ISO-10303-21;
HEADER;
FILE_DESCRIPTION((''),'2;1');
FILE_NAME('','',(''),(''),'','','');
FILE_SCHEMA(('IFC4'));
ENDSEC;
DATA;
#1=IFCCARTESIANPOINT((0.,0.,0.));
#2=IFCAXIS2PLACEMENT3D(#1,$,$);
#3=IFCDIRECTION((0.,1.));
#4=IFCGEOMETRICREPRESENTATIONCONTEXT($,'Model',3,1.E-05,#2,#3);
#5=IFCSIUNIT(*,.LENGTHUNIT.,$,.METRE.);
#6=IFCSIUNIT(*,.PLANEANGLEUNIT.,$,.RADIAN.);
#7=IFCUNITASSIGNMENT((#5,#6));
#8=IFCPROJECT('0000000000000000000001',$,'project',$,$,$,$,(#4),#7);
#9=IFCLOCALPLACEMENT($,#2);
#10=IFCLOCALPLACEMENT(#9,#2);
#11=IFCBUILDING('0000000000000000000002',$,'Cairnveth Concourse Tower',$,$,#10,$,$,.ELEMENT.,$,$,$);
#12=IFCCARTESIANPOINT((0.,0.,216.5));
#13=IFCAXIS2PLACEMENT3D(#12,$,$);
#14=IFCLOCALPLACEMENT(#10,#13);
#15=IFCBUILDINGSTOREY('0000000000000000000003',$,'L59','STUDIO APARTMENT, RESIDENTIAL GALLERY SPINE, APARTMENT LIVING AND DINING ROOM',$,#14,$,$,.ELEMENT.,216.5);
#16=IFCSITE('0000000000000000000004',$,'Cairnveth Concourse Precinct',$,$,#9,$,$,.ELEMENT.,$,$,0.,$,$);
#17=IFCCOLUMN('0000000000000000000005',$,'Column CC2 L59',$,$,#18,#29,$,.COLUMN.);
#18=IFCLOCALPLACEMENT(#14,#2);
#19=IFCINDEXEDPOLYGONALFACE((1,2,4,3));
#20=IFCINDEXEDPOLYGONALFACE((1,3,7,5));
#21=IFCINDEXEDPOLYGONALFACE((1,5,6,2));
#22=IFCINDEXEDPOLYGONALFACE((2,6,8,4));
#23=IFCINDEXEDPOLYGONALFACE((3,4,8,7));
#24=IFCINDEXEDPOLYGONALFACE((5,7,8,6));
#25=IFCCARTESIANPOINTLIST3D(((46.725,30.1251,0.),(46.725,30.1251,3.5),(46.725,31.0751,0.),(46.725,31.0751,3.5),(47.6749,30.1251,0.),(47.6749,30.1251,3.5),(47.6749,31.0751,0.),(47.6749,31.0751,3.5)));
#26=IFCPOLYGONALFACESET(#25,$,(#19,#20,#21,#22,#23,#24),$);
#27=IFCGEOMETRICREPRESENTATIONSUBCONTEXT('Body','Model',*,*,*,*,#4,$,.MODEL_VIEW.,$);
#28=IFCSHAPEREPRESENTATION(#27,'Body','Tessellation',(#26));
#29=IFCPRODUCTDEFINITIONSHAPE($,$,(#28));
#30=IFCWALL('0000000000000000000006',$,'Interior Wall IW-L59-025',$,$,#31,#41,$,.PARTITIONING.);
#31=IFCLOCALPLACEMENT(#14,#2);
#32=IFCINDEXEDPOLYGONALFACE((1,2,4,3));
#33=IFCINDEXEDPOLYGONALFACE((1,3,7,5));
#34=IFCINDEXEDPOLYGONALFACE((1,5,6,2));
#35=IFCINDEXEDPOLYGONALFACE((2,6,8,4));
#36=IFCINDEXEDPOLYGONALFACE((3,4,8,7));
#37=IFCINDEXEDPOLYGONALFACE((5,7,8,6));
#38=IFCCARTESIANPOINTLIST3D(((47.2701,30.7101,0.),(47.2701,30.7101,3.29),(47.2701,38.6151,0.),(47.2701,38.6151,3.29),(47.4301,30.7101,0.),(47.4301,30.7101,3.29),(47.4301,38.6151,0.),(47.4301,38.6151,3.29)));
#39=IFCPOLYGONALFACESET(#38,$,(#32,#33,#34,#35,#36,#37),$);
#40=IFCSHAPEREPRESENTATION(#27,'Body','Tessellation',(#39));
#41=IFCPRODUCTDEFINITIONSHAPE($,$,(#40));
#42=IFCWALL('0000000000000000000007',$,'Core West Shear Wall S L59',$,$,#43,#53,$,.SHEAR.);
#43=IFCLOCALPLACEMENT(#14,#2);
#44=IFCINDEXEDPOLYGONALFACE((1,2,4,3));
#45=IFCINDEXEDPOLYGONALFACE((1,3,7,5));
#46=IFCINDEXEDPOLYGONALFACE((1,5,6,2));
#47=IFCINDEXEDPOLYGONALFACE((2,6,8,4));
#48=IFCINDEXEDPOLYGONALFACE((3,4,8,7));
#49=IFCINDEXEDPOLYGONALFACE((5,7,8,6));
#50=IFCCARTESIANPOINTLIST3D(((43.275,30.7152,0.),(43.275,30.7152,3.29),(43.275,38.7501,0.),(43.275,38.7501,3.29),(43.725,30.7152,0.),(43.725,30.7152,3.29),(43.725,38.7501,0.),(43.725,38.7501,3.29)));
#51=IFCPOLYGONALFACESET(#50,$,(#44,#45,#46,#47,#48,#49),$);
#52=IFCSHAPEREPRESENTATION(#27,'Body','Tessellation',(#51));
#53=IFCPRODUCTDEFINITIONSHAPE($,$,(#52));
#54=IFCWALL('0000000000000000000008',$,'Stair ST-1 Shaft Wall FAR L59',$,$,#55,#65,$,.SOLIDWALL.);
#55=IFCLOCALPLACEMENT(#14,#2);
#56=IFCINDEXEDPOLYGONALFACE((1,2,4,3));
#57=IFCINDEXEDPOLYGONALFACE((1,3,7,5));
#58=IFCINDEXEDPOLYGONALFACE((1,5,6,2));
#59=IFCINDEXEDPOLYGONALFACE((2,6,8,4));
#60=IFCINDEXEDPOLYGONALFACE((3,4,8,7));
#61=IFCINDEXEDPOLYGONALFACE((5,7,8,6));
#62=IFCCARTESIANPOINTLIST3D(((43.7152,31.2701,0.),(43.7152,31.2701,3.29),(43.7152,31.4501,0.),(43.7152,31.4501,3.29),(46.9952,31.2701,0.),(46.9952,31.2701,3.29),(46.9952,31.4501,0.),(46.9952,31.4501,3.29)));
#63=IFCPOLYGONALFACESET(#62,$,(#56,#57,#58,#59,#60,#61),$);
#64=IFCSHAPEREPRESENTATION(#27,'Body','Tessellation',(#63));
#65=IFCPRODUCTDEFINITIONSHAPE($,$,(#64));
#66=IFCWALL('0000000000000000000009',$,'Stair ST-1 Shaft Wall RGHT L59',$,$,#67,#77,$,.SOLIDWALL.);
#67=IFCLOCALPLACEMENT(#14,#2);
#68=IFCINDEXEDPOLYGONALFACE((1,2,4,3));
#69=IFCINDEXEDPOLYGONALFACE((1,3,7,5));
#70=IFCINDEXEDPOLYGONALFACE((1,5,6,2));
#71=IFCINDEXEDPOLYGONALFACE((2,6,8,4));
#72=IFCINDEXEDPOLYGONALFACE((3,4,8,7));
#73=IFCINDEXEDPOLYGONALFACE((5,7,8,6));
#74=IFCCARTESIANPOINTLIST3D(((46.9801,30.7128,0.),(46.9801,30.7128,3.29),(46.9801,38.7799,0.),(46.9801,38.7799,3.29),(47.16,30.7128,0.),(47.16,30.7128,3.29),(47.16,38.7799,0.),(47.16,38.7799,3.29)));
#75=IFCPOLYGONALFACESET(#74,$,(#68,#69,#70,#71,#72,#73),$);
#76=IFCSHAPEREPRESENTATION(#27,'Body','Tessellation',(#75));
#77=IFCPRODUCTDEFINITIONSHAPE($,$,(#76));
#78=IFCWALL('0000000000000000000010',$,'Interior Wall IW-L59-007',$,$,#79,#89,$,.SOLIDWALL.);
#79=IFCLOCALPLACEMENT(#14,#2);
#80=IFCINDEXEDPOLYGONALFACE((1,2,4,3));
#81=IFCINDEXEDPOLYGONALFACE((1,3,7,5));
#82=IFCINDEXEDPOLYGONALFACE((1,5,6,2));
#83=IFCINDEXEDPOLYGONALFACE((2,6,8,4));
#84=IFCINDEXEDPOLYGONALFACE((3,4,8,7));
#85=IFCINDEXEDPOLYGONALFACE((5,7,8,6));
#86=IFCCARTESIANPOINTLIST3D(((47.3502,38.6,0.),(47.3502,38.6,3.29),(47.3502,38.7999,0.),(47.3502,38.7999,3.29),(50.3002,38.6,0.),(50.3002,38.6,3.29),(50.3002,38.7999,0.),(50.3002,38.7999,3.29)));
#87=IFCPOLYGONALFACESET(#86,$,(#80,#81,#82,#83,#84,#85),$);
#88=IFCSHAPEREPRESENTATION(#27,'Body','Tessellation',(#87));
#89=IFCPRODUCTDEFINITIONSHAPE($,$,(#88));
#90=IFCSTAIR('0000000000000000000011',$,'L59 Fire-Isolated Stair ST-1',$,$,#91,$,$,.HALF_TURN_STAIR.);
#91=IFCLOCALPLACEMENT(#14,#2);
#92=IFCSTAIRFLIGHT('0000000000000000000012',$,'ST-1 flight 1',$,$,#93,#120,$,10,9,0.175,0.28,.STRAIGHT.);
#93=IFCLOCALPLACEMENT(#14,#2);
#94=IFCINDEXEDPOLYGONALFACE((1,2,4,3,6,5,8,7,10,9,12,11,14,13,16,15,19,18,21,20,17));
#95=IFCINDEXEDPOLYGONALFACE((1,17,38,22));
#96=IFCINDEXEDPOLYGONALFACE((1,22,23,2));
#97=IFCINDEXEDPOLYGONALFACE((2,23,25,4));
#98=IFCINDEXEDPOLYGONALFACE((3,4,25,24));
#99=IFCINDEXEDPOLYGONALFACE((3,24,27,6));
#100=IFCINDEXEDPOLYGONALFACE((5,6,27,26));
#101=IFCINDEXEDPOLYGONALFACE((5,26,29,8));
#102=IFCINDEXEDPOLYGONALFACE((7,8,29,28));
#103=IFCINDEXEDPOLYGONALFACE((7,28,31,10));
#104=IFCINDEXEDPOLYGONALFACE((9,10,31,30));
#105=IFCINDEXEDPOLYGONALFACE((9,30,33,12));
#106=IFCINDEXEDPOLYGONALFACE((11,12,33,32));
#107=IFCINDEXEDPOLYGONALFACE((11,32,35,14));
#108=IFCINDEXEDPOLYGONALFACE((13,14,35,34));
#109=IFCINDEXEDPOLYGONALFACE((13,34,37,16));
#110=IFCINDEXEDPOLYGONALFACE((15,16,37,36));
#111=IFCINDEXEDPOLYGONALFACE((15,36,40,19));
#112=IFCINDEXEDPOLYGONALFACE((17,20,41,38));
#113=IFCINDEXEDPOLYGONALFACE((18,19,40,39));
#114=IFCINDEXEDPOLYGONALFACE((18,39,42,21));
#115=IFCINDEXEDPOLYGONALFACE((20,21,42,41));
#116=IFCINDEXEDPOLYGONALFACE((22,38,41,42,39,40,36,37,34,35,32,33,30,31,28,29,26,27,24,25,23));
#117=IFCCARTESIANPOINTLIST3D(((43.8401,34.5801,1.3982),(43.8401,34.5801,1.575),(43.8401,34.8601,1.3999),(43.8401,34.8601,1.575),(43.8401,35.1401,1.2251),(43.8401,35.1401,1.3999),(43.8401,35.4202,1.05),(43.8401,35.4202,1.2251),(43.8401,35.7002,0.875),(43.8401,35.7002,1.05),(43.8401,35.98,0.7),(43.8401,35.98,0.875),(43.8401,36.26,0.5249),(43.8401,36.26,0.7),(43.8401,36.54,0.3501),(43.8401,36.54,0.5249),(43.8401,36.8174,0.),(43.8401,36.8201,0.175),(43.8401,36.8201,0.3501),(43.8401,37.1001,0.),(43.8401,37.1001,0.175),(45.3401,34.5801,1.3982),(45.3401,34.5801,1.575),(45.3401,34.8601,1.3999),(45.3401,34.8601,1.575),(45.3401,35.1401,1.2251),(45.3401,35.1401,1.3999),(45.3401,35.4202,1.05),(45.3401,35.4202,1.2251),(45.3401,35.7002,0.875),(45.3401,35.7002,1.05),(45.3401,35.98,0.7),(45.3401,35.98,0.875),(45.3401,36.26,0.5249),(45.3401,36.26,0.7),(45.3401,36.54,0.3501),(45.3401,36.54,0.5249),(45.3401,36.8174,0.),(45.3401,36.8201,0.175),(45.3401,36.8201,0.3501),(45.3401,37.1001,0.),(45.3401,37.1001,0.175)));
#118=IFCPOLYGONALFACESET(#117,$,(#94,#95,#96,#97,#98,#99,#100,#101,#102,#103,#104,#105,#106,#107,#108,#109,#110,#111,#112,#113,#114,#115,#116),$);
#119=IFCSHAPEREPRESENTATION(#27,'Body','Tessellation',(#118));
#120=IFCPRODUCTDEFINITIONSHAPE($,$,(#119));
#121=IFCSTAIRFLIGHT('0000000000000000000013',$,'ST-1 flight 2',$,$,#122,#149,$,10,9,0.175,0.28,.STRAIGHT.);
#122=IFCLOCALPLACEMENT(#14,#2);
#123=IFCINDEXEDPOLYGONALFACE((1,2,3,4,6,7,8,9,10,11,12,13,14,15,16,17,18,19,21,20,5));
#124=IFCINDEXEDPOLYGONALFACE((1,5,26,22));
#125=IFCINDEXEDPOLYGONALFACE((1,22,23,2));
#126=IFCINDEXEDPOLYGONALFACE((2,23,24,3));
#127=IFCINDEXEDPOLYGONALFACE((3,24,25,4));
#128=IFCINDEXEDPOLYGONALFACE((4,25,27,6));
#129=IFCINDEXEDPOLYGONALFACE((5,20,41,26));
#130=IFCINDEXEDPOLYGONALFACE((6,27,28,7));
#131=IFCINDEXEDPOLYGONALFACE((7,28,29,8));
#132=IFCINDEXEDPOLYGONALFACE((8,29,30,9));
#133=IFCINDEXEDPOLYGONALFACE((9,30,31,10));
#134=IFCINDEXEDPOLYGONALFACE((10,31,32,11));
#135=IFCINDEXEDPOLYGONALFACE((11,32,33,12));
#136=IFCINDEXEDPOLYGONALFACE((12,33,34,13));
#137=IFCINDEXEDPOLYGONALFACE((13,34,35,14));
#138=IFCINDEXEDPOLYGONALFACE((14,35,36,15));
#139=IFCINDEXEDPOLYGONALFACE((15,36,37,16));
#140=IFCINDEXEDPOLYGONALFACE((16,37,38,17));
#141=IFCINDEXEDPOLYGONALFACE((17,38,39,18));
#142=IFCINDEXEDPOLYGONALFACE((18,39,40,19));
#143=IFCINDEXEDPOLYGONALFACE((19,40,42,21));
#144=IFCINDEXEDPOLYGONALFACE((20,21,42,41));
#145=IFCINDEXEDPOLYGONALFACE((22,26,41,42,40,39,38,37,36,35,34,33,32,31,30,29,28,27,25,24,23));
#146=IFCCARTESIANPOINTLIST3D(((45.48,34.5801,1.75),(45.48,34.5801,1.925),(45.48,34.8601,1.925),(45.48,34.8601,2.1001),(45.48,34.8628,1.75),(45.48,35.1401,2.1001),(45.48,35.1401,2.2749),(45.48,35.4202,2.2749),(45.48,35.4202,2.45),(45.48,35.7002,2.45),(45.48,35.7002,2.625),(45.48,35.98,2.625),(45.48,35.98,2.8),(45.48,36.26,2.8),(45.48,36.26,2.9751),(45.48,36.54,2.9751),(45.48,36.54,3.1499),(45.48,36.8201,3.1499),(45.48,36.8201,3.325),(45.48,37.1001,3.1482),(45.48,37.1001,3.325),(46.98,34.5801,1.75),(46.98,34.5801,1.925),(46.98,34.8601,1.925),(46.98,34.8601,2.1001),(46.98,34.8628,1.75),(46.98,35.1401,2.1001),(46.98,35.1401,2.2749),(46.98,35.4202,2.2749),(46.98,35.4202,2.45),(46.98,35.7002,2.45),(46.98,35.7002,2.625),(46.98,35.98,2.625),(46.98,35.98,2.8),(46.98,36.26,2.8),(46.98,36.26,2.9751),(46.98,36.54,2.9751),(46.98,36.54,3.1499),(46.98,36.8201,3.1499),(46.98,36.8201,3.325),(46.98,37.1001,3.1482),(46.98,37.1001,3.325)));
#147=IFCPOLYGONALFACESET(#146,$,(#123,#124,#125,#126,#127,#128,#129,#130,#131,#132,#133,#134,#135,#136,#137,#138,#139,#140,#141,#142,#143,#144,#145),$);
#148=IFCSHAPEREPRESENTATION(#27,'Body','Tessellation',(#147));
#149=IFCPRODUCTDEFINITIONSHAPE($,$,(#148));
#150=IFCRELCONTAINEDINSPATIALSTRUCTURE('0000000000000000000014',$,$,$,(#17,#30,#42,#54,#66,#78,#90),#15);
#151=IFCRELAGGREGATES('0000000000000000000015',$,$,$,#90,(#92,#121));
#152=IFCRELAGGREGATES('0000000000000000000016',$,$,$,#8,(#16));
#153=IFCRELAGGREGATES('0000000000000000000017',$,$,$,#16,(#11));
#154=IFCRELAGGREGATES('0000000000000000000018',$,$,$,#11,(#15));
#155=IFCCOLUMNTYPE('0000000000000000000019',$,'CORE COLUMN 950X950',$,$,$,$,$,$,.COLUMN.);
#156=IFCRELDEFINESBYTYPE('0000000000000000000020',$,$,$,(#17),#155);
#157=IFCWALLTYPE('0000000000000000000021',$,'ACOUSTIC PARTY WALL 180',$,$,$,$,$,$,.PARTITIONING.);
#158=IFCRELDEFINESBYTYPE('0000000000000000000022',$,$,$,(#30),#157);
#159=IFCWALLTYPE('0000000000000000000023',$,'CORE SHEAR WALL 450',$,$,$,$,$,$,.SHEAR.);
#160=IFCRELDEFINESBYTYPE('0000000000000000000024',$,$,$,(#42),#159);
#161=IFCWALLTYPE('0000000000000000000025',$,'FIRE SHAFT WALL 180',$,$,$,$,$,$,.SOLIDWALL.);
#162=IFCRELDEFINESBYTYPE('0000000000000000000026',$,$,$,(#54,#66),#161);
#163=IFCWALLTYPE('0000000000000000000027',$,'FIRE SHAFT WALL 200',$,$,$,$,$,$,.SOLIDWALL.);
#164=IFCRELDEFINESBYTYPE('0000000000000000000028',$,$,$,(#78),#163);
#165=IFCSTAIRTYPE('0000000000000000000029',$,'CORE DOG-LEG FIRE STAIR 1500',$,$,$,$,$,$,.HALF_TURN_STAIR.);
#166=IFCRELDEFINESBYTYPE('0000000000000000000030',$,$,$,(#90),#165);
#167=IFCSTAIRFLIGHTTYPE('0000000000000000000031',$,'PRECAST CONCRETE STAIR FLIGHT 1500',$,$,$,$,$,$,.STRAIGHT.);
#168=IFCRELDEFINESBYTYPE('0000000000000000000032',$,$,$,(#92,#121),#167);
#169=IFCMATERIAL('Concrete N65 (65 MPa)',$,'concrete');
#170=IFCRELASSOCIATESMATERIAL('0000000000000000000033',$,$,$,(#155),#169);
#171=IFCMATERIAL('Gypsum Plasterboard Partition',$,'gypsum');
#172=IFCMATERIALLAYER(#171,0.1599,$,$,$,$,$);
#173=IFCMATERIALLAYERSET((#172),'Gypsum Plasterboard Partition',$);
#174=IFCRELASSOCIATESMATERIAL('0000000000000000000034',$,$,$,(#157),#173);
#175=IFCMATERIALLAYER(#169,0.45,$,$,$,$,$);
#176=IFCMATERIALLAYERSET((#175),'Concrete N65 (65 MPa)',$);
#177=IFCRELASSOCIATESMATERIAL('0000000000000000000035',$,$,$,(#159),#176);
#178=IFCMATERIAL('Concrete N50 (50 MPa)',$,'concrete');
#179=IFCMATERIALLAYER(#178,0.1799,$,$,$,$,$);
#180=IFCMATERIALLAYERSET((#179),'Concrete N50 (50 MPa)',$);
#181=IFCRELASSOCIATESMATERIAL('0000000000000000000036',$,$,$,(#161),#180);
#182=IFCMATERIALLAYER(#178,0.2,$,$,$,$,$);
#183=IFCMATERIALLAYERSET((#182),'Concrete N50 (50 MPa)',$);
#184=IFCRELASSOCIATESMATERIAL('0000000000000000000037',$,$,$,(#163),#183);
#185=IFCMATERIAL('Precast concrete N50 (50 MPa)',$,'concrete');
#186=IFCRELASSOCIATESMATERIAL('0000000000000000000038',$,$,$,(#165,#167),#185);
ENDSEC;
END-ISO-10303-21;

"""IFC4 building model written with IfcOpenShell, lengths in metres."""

from ifc_helpers import new_model, si_unit, direction, frame, frame_2d, origin, origin_2d, place, context, subcontext, project, spatial, polyline, rectangle, outline, extrude, material, layer, layer_set, material_profile, profile_set, type_object, element, aggregate, save


model = new_model("IFC4")

# Units and contexts
model_context = context("Model", 3, precision=1e-05, world=origin(), true_north=direction((0.0, 1.0)))
body_context = subcontext(model_context, "Body", "Model", "MODEL_VIEW")
ifc_project = project(units=[si_unit("LENGTHUNIT", "METRE"), si_unit("PLANEANGLEUNIT", "RADIAN")], contexts=[model_context])

# Site, building, storey
site_placement = place(None, origin())
site = spatial("IfcSite", under=ifc_project, at=site_placement, Name="Cairnveth Concourse Precinct", CompositionType="ELEMENT", RefElevation=0.0)
building_placement = place(site_placement, origin())
building = spatial("IfcBuilding", under=site, at=building_placement, Name="Cairnveth Concourse Tower", CompositionType="ELEMENT")
storey_placement = place(building_placement, frame((0.0, 0.0, 216.5)))
storey = spatial("IfcBuildingStorey", under=building, at=storey_placement, Name="L59", Description="STUDIO APARTMENT, RESIDENTIAL GALLERY SPINE, APARTMENT LIVING AND DINING ROOM", CompositionType="ELEMENT", Elevation=216.5)

# Column
ifc_material_1 = material(Name="Concrete N65 (65 MPa)", Category="concrete")
ifc_material_profile = material_profile(ifc_material_1, rectangle(XDim=0.95, YDim=0.95, at=origin_2d()), Name="RC-COL-950x950")
ifc_profile_set = profile_set([ifc_material_profile], Name="Concrete N65 (65 MPa)")
column_type = type_object("IfcColumnType", Name="CORE COLUMN 950X950", PredefinedType="COLUMN", material=ifc_profile_set)
column_placement = place(storey_placement, frame((47.2, 30.6001, 0.0), z_axis=(0.0, 0.0, 1.0), x_axis=(1.0, 0.0, 0.0)))
element("IfcColumn", 1, at=column_placement, inside=storey, type_object=column_type, Name="Column CC2 L59", PredefinedType="COLUMN", context=body_context, shape_type="SweptSolid", body=[
    extrude(rectangle(XDim=0.95, YDim=0.95, at=origin_2d()), origin(), (0.0, 0.0, 1.0), 3.5),
])

# Walls
ifc_material_2 = material(Name="Gypsum Plasterboard Partition", Category="gypsum")
ifc_layer_1 = layer(ifc_material_2, 0.1599)
ifc_layer_set_1 = layer_set([ifc_layer_1], Name="Gypsum Plasterboard Partition")
wall_type_1 = type_object("IfcWallType", Name="ACOUSTIC PARTY WALL 180", PredefinedType="PARTITIONING", material=ifc_layer_set_1)
wall_1_placement = place(storey_placement, frame((47.3501, 30.71, 0.0), z_axis=(0.0, 0.0, 1.0), x_axis=(0.0, 1.0, 0.0)))
element("IfcWall", 2, at=wall_1_placement, inside=storey, type_object=wall_type_1, Name="Interior Wall IW-L59-025", PredefinedType="PARTITIONING", context=body_context, shape_type="SweptSolid", body=[
    extrude(rectangle(XDim=7.905, YDim=0.1599, at=frame_2d((3.9526, 0.0))), origin(), (0.0, 0.0, 1.0), 3.29),
])
ifc_layer_2 = layer(ifc_material_1, 0.45)
ifc_layer_set_2 = layer_set([ifc_layer_2], Name="Concrete N65 (65 MPa)")
wall_type_2 = type_object("IfcWallType", Name="CORE SHEAR WALL 450", PredefinedType="SHEAR", material=ifc_layer_set_2)
wall_2_placement = place(storey_placement, frame((43.5, 30.7151, 0.0), z_axis=(0.0, 0.0, 1.0), x_axis=(0.0, 1.0, 0.0)))
element("IfcWall", 3, at=wall_2_placement, inside=storey, type_object=wall_type_2, Name="Core West Shear Wall S L59", PredefinedType="SHEAR", context=body_context, shape_type="SweptSolid", body=[
    extrude(rectangle(XDim=8.0349, YDim=0.45, at=frame_2d((4.0176, 0.0))), origin(), (0.0, 0.0, 1.0), 3.29),
])

# Shared definitions
ifc_material_3 = material(Name="Concrete N50 (50 MPa)", Category="concrete")
ifc_layer_3 = layer(ifc_material_3, 0.1799)
ifc_layer_set_3 = layer_set([ifc_layer_3], Name="Concrete N50 (50 MPa)")
wall_type_3 = type_object("IfcWallType", Name="FIRE SHAFT WALL 180", PredefinedType="SOLIDWALL", material=ifc_layer_set_3)

# Walls
wall_3_placement = place(storey_placement, frame((43.7151, 31.3601, 0.0), z_axis=(0.0, 0.0, 1.0), x_axis=(1.0, 0.0, 0.0)))
element("IfcWall", 4, at=wall_3_placement, inside=storey, type_object=wall_type_3, Name="Stair ST-1 Shaft Wall FAR L59", PredefinedType="SOLIDWALL", context=body_context, shape_type="SweptSolid", body=[
    extrude(rectangle(XDim=3.28, YDim=0.1799, at=frame_2d((1.6401, 0.0))), origin(), (0.0, 0.0, 1.0), 3.29),
])
wall_4_placement = place(storey_placement, frame((47.0701, 38.78, 0.0), z_axis=(0.0, 0.0, 1.0), x_axis=(0.0, -1.0, 0.0)))
element("IfcWall", 5, at=wall_4_placement, inside=storey, type_object=wall_type_3, Name="Stair ST-1 Shaft Wall RGHT L59", PredefinedType="SOLIDWALL", context=body_context, shape_type="SweptSolid", body=[
    extrude(rectangle(XDim=8.0671, YDim=0.1799, at=frame_2d((4.0337, 0.0))), origin(), (0.0, 0.0, 1.0), 3.29),
])
ifc_layer_4 = layer(ifc_material_3, 0.2)
ifc_layer_set_4 = layer_set([ifc_layer_4], Name="Concrete N50 (50 MPa)")
wall_type_4 = type_object("IfcWallType", Name="FIRE SHAFT WALL 200", PredefinedType="SOLIDWALL", material=ifc_layer_set_4)
wall_5_placement = place(storey_placement, frame((47.3501, 38.7, 0.0), z_axis=(0.0, 0.0, 1.0), x_axis=(1.0, 0.0, 0.0)))
element("IfcWall", 6, at=wall_5_placement, inside=storey, type_object=wall_type_4, Name="Interior Wall IW-L59-007", PredefinedType="SOLIDWALL", context=body_context, shape_type="SweptSolid", body=[
    extrude(rectangle(XDim=2.95, YDim=0.2, at=frame_2d((1.4751, 0.0))), origin(), (0.0, 0.0, 1.0), 3.29),
])

# Stair, stair flights
ifc_material_4 = material(Name="Precast concrete N50 (50 MPa)", Category="concrete")
stair_type = type_object("IfcStairType", Name="CORE DOG-LEG FIRE STAIR 1500", PredefinedType="HALF_TURN_STAIR", material=ifc_material_4)
stair_placement = place(storey_placement, origin())
stair = element("IfcStair", 7, at=stair_placement, inside=storey, type_object=stair_type, Name="L59 Fire-Isolated Stair ST-1", PredefinedType="HALF_TURN_STAIR")
stair_flight_type = type_object("IfcStairFlightType", Name="PRECAST CONCRETE STAIR FLIGHT 1500", PredefinedType="STRAIGHT", material=ifc_material_4)
stair_flight_1_placement = place(storey_placement, frame((44.5901, 37.1001, 0.0), z_axis=(0.0, 0.0, 1.0), x_axis=(0.0, -1.0, 0.0)))
stair_flight_1 = element("IfcStairFlight", 8, at=stair_flight_1_placement, type_object=stair_flight_type, Name="ST-1 flight 1", NumberOfRisers=10, NumberOfTreads=9, PredefinedType="STRAIGHT", RiserHeight=0.175, TreadLength=0.28, context=body_context, shape_type="SweptSolid", body=[
    extrude(outline(polyline([(0.0, 0.0), (0.0, 0.175), (0.28, 0.175), (0.28, 0.3501), (0.5601, 0.3501), (0.5601, 0.5249), (0.8401, 0.5249), (0.8401, 0.7), (1.1201, 0.7), (1.1201, 0.875), (1.3999, 0.875), (1.3999, 1.05), (1.6799, 1.05), (1.6799, 1.2251), (1.96, 1.2251), (1.96, 1.3999), (2.24, 1.3999), (2.24, 1.575), (2.52, 1.575), (2.52, 1.75), (2.52, 1.3982), (0.2827, 0.0), (0.0, 0.0)])), frame((0.0, 0.75, 0.0), z_axis=(0.0, -1.0, 0.0), x_axis=(1.0, 0.0, 0.0)), (0.0, 0.0, 1.0), 1.5),
])
stair_flight_2_placement = place(storey_placement, frame((46.23, 34.5801, 1.75), z_axis=(0.0, 0.0, 1.0), x_axis=(0.0, 1.0, 0.0)))
stair_flight_2 = element("IfcStairFlight", 9, at=stair_flight_2_placement, type_object=stair_flight_type, Name="ST-1 flight 2", NumberOfRisers=10, NumberOfTreads=9, PredefinedType="STRAIGHT", RiserHeight=0.175, TreadLength=0.28, context=body_context, shape_type="SweptSolid", body=[
    extrude(outline(polyline([(0.0, 0.0), (0.0, 0.175), (0.28, 0.175), (0.28, 0.3501), (0.5601, 0.3501), (0.5601, 0.5249), (0.8401, 0.5249), (0.8401, 0.7), (1.1201, 0.7), (1.1201, 0.875), (1.3999, 0.875), (1.3999, 1.05), (1.6799, 1.05), (1.6799, 1.2251), (1.96, 1.2251), (1.96, 1.3999), (2.24, 1.3999), (2.24, 1.575), (2.52, 1.575), (2.52, 1.75), (2.52, 1.3982), (0.2827, 0.0), (0.0, 0.0)])), frame((0.0, 0.75, 0.0), z_axis=(0.0, -1.0, 0.0), x_axis=(1.0, 0.0, 0.0)), (0.0, 0.0, 1.0), 1.5),
])
aggregate(stair, [stair_flight_1, stair_flight_2])

save(model, "model.ifc")
